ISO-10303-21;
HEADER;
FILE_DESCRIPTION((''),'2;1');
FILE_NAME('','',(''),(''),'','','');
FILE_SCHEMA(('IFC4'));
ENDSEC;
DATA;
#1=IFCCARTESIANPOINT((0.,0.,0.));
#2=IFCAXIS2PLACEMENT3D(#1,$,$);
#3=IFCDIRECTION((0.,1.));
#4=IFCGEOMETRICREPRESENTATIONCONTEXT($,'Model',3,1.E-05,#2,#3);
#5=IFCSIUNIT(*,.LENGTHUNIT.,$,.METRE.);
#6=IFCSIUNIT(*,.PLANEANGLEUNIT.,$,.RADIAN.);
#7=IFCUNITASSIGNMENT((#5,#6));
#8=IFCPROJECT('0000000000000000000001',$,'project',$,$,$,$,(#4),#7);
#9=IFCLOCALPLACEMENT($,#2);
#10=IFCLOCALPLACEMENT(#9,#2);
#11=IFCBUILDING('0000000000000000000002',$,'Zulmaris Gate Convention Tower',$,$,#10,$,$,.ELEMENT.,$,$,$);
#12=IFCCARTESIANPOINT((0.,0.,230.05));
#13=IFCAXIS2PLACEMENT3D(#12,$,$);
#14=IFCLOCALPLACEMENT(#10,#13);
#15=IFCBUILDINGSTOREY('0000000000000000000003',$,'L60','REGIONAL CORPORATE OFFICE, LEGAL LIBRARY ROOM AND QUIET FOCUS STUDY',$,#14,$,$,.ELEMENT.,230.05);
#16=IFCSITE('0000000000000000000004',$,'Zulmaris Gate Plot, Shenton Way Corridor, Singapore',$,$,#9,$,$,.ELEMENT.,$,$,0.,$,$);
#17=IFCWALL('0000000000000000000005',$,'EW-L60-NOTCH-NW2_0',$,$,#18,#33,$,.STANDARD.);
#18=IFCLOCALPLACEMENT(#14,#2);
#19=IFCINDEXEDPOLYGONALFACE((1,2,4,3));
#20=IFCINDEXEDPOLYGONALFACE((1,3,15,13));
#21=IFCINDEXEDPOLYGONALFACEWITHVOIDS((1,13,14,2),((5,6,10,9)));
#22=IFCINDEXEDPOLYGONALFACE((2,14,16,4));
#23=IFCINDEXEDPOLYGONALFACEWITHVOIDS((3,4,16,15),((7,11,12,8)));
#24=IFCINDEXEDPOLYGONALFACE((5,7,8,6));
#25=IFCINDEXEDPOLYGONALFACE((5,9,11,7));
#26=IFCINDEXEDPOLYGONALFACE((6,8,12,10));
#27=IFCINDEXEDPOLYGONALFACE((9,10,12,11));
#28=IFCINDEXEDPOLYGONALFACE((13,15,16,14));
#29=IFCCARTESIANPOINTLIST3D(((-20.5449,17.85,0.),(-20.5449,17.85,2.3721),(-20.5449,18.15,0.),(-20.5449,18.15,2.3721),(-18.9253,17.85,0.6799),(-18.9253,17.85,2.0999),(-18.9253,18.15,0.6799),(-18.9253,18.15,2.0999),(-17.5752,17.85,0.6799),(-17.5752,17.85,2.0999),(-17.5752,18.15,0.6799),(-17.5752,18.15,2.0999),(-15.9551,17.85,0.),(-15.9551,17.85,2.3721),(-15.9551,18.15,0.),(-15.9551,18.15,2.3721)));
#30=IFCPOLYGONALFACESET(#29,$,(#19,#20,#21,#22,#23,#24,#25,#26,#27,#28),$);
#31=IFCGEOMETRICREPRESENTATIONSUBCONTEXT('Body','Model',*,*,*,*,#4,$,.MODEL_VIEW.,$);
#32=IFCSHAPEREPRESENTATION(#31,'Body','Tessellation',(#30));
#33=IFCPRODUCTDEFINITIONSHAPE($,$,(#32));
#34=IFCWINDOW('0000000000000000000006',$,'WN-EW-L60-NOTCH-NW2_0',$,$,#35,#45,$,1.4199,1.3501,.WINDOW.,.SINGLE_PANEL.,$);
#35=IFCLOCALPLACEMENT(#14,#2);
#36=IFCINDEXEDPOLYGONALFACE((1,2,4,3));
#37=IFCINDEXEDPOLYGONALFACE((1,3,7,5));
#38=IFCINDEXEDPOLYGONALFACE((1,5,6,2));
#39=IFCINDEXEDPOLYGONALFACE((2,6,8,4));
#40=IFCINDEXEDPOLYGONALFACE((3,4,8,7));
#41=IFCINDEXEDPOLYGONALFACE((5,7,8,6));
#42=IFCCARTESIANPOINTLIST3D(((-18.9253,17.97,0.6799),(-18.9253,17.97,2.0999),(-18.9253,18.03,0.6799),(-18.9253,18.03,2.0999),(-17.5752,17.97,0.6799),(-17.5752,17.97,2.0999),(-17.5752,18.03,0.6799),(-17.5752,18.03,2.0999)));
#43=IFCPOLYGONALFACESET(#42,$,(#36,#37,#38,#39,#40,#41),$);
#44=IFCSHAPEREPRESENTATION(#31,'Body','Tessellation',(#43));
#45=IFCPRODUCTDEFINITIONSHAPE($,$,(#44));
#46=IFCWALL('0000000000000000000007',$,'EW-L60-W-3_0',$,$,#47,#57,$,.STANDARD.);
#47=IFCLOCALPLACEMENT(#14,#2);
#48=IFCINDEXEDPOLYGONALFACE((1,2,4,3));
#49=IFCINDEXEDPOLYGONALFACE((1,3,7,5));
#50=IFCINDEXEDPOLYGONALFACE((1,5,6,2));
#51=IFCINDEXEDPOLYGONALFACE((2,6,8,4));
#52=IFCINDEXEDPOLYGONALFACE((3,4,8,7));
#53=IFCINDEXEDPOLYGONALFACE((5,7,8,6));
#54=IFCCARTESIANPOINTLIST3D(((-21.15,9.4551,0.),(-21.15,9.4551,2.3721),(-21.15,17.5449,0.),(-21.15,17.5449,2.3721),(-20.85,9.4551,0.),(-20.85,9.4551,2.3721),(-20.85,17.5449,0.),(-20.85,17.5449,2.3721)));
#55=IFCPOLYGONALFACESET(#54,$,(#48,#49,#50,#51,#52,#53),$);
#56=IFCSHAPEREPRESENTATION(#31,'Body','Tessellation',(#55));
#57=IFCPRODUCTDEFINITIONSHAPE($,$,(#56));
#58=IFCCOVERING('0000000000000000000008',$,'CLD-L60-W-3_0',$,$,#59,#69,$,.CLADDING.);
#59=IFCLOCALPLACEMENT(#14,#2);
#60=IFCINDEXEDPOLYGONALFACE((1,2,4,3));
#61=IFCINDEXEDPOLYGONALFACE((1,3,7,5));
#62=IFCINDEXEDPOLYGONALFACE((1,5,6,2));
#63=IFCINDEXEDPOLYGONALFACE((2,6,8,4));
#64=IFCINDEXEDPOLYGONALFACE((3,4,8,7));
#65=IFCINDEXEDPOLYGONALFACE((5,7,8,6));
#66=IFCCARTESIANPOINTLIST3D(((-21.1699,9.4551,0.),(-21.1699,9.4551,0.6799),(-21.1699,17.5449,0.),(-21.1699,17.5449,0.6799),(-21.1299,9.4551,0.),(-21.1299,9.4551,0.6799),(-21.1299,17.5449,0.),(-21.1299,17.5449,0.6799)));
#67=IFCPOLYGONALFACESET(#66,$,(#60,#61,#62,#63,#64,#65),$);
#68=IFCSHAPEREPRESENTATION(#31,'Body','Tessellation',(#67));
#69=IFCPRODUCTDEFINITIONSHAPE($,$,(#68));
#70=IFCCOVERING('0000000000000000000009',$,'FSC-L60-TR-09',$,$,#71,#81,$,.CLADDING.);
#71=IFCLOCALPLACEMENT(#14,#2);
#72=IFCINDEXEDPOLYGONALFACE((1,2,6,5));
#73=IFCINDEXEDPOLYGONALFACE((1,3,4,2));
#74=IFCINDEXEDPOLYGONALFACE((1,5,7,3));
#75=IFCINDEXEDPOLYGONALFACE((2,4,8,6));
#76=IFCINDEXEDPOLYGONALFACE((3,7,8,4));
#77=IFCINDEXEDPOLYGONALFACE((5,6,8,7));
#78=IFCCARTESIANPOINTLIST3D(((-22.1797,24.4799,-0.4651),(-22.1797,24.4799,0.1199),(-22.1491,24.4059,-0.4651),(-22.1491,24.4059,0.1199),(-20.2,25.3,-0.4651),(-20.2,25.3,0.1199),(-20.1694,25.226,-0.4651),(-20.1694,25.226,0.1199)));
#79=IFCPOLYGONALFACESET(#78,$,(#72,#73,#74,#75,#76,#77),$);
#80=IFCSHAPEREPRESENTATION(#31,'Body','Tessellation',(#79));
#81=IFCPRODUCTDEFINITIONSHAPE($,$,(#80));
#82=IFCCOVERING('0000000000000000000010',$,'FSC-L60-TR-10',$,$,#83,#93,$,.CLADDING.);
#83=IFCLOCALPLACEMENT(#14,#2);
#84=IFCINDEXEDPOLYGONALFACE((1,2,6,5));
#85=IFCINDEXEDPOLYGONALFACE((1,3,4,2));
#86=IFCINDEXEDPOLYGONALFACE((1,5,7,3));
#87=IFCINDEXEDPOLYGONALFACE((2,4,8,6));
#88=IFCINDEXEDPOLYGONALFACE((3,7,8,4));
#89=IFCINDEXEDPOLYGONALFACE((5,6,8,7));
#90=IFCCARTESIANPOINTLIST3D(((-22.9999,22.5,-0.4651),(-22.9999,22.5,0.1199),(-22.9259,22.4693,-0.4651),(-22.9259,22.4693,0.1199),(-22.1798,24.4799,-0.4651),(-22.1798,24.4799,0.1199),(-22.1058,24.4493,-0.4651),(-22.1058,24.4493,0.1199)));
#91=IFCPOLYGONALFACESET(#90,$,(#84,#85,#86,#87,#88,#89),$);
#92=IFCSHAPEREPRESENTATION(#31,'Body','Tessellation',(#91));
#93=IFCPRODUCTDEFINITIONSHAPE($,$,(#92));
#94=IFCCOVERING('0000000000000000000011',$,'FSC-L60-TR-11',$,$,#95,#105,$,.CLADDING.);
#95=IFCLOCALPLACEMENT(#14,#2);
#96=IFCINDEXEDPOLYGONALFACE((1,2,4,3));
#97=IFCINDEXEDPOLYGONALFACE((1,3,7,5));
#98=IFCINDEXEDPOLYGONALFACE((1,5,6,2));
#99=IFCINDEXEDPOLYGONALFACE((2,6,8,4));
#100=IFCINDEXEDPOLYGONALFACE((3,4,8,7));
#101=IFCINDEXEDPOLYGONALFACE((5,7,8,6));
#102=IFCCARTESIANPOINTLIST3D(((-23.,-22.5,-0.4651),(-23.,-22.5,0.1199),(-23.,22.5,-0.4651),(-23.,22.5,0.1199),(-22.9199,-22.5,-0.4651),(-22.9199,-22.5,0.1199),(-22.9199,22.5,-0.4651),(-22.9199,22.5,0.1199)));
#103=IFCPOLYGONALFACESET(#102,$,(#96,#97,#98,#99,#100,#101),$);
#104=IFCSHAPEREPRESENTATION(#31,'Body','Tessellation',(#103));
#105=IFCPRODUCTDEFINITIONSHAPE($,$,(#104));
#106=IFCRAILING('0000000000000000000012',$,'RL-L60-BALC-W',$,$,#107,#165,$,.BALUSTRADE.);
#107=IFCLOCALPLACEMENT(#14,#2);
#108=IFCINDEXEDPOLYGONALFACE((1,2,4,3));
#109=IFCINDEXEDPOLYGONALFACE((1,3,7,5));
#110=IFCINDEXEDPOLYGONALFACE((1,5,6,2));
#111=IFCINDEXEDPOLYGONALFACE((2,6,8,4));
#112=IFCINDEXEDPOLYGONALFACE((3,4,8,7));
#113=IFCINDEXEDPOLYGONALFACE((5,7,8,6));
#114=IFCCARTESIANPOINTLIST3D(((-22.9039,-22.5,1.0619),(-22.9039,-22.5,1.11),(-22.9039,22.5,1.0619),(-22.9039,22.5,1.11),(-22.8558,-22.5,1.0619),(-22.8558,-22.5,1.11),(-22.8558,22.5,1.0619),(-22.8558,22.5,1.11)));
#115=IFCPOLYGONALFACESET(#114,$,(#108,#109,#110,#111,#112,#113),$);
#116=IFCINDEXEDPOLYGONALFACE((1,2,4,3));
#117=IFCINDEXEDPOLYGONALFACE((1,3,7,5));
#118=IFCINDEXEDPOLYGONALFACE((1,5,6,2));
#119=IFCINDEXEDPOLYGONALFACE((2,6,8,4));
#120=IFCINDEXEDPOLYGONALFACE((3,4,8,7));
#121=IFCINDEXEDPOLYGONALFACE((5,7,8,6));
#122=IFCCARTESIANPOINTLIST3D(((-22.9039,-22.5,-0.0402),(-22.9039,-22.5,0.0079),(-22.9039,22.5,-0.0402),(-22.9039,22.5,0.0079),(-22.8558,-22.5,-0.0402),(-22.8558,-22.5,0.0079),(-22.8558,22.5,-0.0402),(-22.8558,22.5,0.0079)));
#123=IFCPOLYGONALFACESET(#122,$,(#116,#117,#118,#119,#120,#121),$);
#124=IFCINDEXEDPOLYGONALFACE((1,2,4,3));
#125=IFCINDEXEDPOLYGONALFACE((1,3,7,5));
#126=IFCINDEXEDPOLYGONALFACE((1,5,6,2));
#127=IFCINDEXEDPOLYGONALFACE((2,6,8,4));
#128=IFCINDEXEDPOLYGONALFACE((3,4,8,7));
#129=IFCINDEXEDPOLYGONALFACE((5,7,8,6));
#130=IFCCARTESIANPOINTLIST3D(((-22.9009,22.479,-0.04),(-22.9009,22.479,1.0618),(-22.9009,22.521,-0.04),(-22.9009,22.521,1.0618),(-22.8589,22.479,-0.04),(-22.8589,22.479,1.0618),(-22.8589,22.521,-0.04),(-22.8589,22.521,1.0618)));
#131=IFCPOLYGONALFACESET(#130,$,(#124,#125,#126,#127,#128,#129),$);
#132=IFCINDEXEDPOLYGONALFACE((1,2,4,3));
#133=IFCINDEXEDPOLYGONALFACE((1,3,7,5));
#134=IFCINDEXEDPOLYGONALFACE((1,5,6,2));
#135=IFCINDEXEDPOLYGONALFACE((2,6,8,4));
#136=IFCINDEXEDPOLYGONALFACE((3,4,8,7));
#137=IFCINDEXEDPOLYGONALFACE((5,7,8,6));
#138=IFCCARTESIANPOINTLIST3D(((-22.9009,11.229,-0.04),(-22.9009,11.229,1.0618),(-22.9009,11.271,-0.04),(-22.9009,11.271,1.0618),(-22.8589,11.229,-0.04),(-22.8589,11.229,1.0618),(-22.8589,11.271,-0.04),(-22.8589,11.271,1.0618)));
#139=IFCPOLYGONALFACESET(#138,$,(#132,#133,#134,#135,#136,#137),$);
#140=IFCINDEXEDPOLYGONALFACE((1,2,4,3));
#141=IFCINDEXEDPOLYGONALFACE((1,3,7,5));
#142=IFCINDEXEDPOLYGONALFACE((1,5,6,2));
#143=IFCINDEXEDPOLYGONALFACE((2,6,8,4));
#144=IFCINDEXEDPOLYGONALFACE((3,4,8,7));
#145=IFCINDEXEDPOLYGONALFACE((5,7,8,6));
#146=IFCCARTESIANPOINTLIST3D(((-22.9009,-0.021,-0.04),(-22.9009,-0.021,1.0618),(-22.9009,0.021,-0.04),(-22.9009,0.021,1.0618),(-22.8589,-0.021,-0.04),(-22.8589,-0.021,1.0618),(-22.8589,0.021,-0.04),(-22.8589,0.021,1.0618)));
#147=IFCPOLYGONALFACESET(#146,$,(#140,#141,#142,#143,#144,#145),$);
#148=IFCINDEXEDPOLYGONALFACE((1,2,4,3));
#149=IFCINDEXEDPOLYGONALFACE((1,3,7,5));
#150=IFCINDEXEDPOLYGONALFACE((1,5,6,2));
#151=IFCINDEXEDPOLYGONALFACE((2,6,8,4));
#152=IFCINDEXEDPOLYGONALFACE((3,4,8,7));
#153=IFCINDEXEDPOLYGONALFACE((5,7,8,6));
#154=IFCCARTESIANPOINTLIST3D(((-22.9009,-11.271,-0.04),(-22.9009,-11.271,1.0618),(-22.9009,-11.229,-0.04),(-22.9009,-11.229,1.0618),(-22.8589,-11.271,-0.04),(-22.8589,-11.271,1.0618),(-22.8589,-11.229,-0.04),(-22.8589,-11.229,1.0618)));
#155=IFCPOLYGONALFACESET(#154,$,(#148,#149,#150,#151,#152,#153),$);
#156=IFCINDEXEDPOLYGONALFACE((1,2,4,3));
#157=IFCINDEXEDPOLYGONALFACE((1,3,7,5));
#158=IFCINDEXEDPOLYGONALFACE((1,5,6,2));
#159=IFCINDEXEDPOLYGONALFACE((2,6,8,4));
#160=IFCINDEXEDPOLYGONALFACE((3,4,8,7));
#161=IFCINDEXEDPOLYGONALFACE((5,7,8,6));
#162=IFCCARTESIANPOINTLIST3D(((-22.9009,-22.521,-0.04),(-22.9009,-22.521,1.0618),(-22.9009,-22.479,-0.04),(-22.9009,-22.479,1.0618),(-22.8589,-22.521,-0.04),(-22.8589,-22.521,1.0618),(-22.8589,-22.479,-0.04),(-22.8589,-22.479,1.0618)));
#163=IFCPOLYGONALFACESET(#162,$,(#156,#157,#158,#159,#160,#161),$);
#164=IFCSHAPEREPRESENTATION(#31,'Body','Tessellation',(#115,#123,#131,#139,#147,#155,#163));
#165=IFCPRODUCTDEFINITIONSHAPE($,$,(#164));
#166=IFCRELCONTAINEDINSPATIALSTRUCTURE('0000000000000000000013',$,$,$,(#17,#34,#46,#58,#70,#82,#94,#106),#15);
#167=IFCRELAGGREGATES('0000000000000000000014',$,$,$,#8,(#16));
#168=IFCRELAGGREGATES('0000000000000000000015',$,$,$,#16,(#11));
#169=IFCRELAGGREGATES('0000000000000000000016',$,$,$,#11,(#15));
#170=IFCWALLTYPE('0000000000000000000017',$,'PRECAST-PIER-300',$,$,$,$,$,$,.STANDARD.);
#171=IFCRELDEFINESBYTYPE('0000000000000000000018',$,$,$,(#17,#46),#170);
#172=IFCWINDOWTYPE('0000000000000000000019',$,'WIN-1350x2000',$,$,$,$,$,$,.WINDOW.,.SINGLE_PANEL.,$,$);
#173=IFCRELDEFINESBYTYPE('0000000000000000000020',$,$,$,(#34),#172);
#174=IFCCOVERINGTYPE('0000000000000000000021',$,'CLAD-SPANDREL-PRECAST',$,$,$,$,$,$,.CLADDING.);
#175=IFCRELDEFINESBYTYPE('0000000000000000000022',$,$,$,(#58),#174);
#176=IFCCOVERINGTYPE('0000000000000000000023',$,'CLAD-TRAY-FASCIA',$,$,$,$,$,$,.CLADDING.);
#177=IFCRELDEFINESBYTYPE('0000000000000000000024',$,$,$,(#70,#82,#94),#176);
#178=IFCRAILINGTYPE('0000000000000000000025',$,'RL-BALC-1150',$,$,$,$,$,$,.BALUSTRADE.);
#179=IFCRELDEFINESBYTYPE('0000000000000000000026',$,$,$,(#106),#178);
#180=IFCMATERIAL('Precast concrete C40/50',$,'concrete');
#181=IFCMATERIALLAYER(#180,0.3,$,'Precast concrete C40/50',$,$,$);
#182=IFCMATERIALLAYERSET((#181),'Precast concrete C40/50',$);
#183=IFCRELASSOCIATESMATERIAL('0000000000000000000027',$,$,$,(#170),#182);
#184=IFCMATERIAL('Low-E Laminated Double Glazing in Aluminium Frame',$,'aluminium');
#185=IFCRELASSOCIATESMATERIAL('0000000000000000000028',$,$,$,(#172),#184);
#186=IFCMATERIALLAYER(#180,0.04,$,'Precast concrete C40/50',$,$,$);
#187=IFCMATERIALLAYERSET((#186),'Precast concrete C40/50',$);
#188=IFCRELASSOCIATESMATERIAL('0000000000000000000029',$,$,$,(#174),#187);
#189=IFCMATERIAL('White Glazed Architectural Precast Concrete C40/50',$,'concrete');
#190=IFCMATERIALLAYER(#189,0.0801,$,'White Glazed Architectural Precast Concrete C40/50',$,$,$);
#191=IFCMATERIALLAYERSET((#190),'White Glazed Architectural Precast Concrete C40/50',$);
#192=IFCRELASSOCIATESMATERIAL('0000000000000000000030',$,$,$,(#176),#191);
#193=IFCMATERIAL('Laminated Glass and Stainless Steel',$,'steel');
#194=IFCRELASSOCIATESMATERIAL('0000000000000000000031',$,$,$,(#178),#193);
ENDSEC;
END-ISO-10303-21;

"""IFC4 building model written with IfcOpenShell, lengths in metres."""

from ifc_helpers import new_model, si_unit, direction, frame, frame_2d, origin, origin_2d, place, context, subcontext, project, spatial, rectangle, extrude, material, layer, layer_set, type_object, element, fill, save


model = new_model("IFC4")

# Units and contexts
model_context = context("Model", 3, precision=1e-05, world=origin(), true_north=direction((0.0, 1.0)))
body_context = subcontext(model_context, "Body", "Model", "MODEL_VIEW")
ifc_project = project(units=[si_unit("LENGTHUNIT", "METRE"), si_unit("PLANEANGLEUNIT", "RADIAN")], contexts=[model_context])

# Site, building, storey
site_placement = place(None, origin())
site = spatial("IfcSite", under=ifc_project, at=site_placement, Name="Zulmaris Gate Plot, Shenton Way Corridor, Singapore", CompositionType="ELEMENT", RefElevation=0.0)
building_placement = place(site_placement, origin())
building = spatial("IfcBuilding", under=site, at=building_placement, Name="Zulmaris Gate Convention Tower", CompositionType="ELEMENT")
storey_placement = place(building_placement, frame((0.0, 0.0, 230.05)))
storey = spatial("IfcBuildingStorey", under=building, at=storey_placement, Name="L60", Description="REGIONAL CORPORATE OFFICE, LEGAL LIBRARY ROOM AND QUIET FOCUS STUDY", CompositionType="ELEMENT", Elevation=230.05)

# Wall, opening, window
ifc_material_1 = material(Name="Precast concrete C40/50", Category="concrete")
ifc_layer_1 = layer(ifc_material_1, 0.3, Name="Precast concrete C40/50")
ifc_layer_set_1 = layer_set([ifc_layer_1], Name="Precast concrete C40/50")
wall_type_1 = type_object("IfcWallType", Name="PRECAST-PIER-300", PredefinedType="STANDARD", material=ifc_layer_set_1)
ifc_material_2 = material(Name="Low-E Laminated Double Glazing in Aluminium Frame", Category="aluminium")
window_type = type_object("IfcWindowType", Name="WIN-1350x2000", PartitioningType="SINGLE_PANEL", PredefinedType="WINDOW", material=ifc_material_2)
wall_1_placement = place(storey_placement, frame((-15.9551, 18.0, 0.0), z_axis=(0.0, 0.0, 1.0), x_axis=(-1.0, 0.0, 0.0)))
wall_1 = element("IfcWall", 1, at=wall_1_placement, inside=storey, type_object=wall_type_1, Name="EW-L60-NOTCH-NW2_0", PredefinedType="STANDARD", context=body_context, shape_type="SweptSolid", body=[
    extrude(rectangle(XDim=4.5898, YDim=0.3, at=frame_2d((2.2949, 0.0))), origin(), (0.0, 0.0, 1.0), 2.3721),
])
opening_1_placement = place(wall_1_placement, frame((1.6201, 0.0, 0.6799)))
opening_1 = element("IfcOpeningElement", 2, at=opening_1_placement, cuts=wall_1, PredefinedType="OPENING", context=body_context, shape_type="SweptSolid", body=[
    extrude(rectangle(XDim=1.3501, YDim=1.4199, at=frame_2d((0.675, 0.71))), frame((0.0, 0.1602, 0.0), z_axis=(0.0, -1.0, 0.0), x_axis=(1.0, 0.0, 0.0)), (0.0, 0.0, 1.0), 0.3201),
])
window_1_placement = place(opening_1_placement, origin())
window_1 = element("IfcWindow", 3, at=window_1_placement, inside=storey, type_object=window_type, Name="WN-EW-L60-NOTCH-NW2_0", OverallHeight=1.4199, OverallWidth=1.3501, PartitioningType="SINGLE_PANEL", PredefinedType="WINDOW", context=body_context, shape_type="SweptSolid", body=[
    extrude(rectangle(XDim=1.3501, YDim=1.4199, at=frame_2d((0.675, 0.71))), frame((0.0, 0.03, 0.0), z_axis=(0.0, -1.0, 0.0), x_axis=(1.0, 0.0, 0.0)), (0.0, 0.0, 1.0), 0.0601),
])
fill(opening_1, window_1)

# Wall
wall_2_placement = place(storey_placement, frame((-21.0, 17.5449, 0.0), z_axis=(0.0, 0.0, 1.0), x_axis=(0.0, -1.0, 0.0)))
element("IfcWall", 4, at=wall_2_placement, inside=storey, type_object=wall_type_1, Name="EW-L60-W-3_0", PredefinedType="STANDARD", context=body_context, shape_type="SweptSolid", body=[
    extrude(rectangle(XDim=8.0898, YDim=0.3, at=frame_2d((4.0449, 0.0))), origin(), (0.0, 0.0, 1.0), 2.3721),
])

# Coverings
ifc_layer_2 = layer(ifc_material_1, 0.04, Name="Precast concrete C40/50")
ifc_layer_set_2 = layer_set([ifc_layer_2], Name="Precast concrete C40/50")
covering_type_1 = type_object("IfcCoveringType", Name="CLAD-SPANDREL-PRECAST", PredefinedType="CLADDING", material=ifc_layer_set_2)
covering_1_placement = place(storey_placement, frame((-21.1499, 17.5449, 0.0), z_axis=(0.0, 0.0, 1.0), x_axis=(0.0, -1.0, 0.0)))
element("IfcCovering", 5, at=covering_1_placement, inside=storey, type_object=covering_type_1, Name="CLD-L60-W-3_0", PredefinedType="CLADDING", context=body_context, shape_type="SweptSolid", body=[
    extrude(rectangle(XDim=8.0898, YDim=0.04, at=frame_2d((4.0449, 0.0))), origin(), (0.0, 0.0, 1.0), 0.6799),
])
ifc_material_3 = material(Name="White Glazed Architectural Precast Concrete C40/50", Category="concrete")
ifc_layer_3 = layer(ifc_material_3, 0.0801, Name="White Glazed Architectural Precast Concrete C40/50")
ifc_layer_set_3 = layer_set([ifc_layer_3], Name="White Glazed Architectural Precast Concrete C40/50")
covering_type_2 = type_object("IfcCoveringType", Name="CLAD-TRAY-FASCIA", PredefinedType="CLADDING", material=ifc_layer_set_3)
covering_2_placement = place(storey_placement, frame((-20.1848, 25.2629, -0.4651), z_axis=(0.0, 0.0, 1.0), x_axis=(-0.923874, -0.382697, 0.0)))
element("IfcCovering", 6, at=covering_2_placement, inside=storey, type_object=covering_type_2, Name="FSC-L60-TR-09", PredefinedType="CLADDING", context=body_context, shape_type="SweptSolid", body=[
    extrude(rectangle(XDim=2.1428, YDim=0.0801, at=frame_2d((1.0713, 0.0))), origin(), (0.0, 0.0, 1.0), 0.585),
])
covering_3_placement = place(storey_placement, frame((-22.1428, 24.4646, -0.4651), z_axis=(0.0, 0.0, 1.0), x_axis=(-0.382657, -0.92389, 0.0)))
element("IfcCovering", 7, at=covering_3_placement, inside=storey, type_object=covering_type_2, Name="FSC-L60-TR-10", PredefinedType="CLADDING", context=body_context, shape_type="SweptSolid", body=[
    extrude(rectangle(XDim=2.1431, YDim=0.0801, at=frame_2d((1.0715, 0.0))), origin(), (0.0, 0.0, 1.0), 0.585),
])
covering_4_placement = place(storey_placement, frame((-22.96, 22.5, -0.4651), z_axis=(0.0, 0.0, 1.0), x_axis=(0.0, -1.0, 0.0)))
element("IfcCovering", 8, at=covering_4_placement, inside=storey, type_object=covering_type_2, Name="FSC-L60-TR-11", PredefinedType="CLADDING", context=body_context, shape_type="SweptSolid", body=[
    extrude(rectangle(XDim=45.0, YDim=0.0801, at=frame_2d((22.5, 0.0))), origin(), (0.0, 0.0, 1.0), 0.585),
])

# Railing
ifc_material_4 = material(Name="Laminated Glass and Stainless Steel", Category="steel")
railing_type = type_object("IfcRailingType", Name="RL-BALC-1150", PredefinedType="BALUSTRADE", material=ifc_material_4)
railing_placement = place(storey_placement, frame((-22.8799, 22.5, -0.04)))
element("IfcRailing", 9, at=railing_placement, inside=storey, type_object=railing_type, Name="RL-L60-BALC-W", PredefinedType="BALUSTRADE", context=body_context, shape_type="SweptSolid", body=[
    extrude(rectangle(XDim=0.0481, YDim=0.0481, at=origin_2d()), frame((0.0, 0.0, 1.126), z_axis=(0.0, -1.0, 0.0), x_axis=(1.0, 0.0, 0.0)), (0.0, 0.0, 1.0), 45.0),
    extrude(rectangle(XDim=0.0481, YDim=0.0481, at=origin_2d()), frame((0.0, 0.0, 0.0239), z_axis=(0.0, -1.0, 0.0), x_axis=(1.0, 0.0, 0.0)), (0.0, 0.0, 1.0), 45.0),
    extrude(rectangle(XDim=0.042, YDim=0.042, at=origin_2d()), origin(), (0.0, 0.0, 1.0), 1.1018),
    extrude(rectangle(XDim=0.042, YDim=0.042, at=origin_2d()), frame((0.0, -11.25, 0.0)), (0.0, 0.0, 1.0), 1.1018),
    extrude(rectangle(XDim=0.042, YDim=0.042, at=origin_2d()), frame((0.0, -22.5, 0.0)), (0.0, 0.0, 1.0), 1.1018),
    extrude(rectangle(XDim=0.042, YDim=0.042, at=origin_2d()), frame((0.0, -33.75, 0.0)), (0.0, 0.0, 1.0), 1.1018),
    extrude(rectangle(XDim=0.042, YDim=0.042, at=origin_2d()), frame((0.0, -45.0, 0.0)), (0.0, 0.0, 1.0), 1.1018),
])

save(model, "model.ifc")
